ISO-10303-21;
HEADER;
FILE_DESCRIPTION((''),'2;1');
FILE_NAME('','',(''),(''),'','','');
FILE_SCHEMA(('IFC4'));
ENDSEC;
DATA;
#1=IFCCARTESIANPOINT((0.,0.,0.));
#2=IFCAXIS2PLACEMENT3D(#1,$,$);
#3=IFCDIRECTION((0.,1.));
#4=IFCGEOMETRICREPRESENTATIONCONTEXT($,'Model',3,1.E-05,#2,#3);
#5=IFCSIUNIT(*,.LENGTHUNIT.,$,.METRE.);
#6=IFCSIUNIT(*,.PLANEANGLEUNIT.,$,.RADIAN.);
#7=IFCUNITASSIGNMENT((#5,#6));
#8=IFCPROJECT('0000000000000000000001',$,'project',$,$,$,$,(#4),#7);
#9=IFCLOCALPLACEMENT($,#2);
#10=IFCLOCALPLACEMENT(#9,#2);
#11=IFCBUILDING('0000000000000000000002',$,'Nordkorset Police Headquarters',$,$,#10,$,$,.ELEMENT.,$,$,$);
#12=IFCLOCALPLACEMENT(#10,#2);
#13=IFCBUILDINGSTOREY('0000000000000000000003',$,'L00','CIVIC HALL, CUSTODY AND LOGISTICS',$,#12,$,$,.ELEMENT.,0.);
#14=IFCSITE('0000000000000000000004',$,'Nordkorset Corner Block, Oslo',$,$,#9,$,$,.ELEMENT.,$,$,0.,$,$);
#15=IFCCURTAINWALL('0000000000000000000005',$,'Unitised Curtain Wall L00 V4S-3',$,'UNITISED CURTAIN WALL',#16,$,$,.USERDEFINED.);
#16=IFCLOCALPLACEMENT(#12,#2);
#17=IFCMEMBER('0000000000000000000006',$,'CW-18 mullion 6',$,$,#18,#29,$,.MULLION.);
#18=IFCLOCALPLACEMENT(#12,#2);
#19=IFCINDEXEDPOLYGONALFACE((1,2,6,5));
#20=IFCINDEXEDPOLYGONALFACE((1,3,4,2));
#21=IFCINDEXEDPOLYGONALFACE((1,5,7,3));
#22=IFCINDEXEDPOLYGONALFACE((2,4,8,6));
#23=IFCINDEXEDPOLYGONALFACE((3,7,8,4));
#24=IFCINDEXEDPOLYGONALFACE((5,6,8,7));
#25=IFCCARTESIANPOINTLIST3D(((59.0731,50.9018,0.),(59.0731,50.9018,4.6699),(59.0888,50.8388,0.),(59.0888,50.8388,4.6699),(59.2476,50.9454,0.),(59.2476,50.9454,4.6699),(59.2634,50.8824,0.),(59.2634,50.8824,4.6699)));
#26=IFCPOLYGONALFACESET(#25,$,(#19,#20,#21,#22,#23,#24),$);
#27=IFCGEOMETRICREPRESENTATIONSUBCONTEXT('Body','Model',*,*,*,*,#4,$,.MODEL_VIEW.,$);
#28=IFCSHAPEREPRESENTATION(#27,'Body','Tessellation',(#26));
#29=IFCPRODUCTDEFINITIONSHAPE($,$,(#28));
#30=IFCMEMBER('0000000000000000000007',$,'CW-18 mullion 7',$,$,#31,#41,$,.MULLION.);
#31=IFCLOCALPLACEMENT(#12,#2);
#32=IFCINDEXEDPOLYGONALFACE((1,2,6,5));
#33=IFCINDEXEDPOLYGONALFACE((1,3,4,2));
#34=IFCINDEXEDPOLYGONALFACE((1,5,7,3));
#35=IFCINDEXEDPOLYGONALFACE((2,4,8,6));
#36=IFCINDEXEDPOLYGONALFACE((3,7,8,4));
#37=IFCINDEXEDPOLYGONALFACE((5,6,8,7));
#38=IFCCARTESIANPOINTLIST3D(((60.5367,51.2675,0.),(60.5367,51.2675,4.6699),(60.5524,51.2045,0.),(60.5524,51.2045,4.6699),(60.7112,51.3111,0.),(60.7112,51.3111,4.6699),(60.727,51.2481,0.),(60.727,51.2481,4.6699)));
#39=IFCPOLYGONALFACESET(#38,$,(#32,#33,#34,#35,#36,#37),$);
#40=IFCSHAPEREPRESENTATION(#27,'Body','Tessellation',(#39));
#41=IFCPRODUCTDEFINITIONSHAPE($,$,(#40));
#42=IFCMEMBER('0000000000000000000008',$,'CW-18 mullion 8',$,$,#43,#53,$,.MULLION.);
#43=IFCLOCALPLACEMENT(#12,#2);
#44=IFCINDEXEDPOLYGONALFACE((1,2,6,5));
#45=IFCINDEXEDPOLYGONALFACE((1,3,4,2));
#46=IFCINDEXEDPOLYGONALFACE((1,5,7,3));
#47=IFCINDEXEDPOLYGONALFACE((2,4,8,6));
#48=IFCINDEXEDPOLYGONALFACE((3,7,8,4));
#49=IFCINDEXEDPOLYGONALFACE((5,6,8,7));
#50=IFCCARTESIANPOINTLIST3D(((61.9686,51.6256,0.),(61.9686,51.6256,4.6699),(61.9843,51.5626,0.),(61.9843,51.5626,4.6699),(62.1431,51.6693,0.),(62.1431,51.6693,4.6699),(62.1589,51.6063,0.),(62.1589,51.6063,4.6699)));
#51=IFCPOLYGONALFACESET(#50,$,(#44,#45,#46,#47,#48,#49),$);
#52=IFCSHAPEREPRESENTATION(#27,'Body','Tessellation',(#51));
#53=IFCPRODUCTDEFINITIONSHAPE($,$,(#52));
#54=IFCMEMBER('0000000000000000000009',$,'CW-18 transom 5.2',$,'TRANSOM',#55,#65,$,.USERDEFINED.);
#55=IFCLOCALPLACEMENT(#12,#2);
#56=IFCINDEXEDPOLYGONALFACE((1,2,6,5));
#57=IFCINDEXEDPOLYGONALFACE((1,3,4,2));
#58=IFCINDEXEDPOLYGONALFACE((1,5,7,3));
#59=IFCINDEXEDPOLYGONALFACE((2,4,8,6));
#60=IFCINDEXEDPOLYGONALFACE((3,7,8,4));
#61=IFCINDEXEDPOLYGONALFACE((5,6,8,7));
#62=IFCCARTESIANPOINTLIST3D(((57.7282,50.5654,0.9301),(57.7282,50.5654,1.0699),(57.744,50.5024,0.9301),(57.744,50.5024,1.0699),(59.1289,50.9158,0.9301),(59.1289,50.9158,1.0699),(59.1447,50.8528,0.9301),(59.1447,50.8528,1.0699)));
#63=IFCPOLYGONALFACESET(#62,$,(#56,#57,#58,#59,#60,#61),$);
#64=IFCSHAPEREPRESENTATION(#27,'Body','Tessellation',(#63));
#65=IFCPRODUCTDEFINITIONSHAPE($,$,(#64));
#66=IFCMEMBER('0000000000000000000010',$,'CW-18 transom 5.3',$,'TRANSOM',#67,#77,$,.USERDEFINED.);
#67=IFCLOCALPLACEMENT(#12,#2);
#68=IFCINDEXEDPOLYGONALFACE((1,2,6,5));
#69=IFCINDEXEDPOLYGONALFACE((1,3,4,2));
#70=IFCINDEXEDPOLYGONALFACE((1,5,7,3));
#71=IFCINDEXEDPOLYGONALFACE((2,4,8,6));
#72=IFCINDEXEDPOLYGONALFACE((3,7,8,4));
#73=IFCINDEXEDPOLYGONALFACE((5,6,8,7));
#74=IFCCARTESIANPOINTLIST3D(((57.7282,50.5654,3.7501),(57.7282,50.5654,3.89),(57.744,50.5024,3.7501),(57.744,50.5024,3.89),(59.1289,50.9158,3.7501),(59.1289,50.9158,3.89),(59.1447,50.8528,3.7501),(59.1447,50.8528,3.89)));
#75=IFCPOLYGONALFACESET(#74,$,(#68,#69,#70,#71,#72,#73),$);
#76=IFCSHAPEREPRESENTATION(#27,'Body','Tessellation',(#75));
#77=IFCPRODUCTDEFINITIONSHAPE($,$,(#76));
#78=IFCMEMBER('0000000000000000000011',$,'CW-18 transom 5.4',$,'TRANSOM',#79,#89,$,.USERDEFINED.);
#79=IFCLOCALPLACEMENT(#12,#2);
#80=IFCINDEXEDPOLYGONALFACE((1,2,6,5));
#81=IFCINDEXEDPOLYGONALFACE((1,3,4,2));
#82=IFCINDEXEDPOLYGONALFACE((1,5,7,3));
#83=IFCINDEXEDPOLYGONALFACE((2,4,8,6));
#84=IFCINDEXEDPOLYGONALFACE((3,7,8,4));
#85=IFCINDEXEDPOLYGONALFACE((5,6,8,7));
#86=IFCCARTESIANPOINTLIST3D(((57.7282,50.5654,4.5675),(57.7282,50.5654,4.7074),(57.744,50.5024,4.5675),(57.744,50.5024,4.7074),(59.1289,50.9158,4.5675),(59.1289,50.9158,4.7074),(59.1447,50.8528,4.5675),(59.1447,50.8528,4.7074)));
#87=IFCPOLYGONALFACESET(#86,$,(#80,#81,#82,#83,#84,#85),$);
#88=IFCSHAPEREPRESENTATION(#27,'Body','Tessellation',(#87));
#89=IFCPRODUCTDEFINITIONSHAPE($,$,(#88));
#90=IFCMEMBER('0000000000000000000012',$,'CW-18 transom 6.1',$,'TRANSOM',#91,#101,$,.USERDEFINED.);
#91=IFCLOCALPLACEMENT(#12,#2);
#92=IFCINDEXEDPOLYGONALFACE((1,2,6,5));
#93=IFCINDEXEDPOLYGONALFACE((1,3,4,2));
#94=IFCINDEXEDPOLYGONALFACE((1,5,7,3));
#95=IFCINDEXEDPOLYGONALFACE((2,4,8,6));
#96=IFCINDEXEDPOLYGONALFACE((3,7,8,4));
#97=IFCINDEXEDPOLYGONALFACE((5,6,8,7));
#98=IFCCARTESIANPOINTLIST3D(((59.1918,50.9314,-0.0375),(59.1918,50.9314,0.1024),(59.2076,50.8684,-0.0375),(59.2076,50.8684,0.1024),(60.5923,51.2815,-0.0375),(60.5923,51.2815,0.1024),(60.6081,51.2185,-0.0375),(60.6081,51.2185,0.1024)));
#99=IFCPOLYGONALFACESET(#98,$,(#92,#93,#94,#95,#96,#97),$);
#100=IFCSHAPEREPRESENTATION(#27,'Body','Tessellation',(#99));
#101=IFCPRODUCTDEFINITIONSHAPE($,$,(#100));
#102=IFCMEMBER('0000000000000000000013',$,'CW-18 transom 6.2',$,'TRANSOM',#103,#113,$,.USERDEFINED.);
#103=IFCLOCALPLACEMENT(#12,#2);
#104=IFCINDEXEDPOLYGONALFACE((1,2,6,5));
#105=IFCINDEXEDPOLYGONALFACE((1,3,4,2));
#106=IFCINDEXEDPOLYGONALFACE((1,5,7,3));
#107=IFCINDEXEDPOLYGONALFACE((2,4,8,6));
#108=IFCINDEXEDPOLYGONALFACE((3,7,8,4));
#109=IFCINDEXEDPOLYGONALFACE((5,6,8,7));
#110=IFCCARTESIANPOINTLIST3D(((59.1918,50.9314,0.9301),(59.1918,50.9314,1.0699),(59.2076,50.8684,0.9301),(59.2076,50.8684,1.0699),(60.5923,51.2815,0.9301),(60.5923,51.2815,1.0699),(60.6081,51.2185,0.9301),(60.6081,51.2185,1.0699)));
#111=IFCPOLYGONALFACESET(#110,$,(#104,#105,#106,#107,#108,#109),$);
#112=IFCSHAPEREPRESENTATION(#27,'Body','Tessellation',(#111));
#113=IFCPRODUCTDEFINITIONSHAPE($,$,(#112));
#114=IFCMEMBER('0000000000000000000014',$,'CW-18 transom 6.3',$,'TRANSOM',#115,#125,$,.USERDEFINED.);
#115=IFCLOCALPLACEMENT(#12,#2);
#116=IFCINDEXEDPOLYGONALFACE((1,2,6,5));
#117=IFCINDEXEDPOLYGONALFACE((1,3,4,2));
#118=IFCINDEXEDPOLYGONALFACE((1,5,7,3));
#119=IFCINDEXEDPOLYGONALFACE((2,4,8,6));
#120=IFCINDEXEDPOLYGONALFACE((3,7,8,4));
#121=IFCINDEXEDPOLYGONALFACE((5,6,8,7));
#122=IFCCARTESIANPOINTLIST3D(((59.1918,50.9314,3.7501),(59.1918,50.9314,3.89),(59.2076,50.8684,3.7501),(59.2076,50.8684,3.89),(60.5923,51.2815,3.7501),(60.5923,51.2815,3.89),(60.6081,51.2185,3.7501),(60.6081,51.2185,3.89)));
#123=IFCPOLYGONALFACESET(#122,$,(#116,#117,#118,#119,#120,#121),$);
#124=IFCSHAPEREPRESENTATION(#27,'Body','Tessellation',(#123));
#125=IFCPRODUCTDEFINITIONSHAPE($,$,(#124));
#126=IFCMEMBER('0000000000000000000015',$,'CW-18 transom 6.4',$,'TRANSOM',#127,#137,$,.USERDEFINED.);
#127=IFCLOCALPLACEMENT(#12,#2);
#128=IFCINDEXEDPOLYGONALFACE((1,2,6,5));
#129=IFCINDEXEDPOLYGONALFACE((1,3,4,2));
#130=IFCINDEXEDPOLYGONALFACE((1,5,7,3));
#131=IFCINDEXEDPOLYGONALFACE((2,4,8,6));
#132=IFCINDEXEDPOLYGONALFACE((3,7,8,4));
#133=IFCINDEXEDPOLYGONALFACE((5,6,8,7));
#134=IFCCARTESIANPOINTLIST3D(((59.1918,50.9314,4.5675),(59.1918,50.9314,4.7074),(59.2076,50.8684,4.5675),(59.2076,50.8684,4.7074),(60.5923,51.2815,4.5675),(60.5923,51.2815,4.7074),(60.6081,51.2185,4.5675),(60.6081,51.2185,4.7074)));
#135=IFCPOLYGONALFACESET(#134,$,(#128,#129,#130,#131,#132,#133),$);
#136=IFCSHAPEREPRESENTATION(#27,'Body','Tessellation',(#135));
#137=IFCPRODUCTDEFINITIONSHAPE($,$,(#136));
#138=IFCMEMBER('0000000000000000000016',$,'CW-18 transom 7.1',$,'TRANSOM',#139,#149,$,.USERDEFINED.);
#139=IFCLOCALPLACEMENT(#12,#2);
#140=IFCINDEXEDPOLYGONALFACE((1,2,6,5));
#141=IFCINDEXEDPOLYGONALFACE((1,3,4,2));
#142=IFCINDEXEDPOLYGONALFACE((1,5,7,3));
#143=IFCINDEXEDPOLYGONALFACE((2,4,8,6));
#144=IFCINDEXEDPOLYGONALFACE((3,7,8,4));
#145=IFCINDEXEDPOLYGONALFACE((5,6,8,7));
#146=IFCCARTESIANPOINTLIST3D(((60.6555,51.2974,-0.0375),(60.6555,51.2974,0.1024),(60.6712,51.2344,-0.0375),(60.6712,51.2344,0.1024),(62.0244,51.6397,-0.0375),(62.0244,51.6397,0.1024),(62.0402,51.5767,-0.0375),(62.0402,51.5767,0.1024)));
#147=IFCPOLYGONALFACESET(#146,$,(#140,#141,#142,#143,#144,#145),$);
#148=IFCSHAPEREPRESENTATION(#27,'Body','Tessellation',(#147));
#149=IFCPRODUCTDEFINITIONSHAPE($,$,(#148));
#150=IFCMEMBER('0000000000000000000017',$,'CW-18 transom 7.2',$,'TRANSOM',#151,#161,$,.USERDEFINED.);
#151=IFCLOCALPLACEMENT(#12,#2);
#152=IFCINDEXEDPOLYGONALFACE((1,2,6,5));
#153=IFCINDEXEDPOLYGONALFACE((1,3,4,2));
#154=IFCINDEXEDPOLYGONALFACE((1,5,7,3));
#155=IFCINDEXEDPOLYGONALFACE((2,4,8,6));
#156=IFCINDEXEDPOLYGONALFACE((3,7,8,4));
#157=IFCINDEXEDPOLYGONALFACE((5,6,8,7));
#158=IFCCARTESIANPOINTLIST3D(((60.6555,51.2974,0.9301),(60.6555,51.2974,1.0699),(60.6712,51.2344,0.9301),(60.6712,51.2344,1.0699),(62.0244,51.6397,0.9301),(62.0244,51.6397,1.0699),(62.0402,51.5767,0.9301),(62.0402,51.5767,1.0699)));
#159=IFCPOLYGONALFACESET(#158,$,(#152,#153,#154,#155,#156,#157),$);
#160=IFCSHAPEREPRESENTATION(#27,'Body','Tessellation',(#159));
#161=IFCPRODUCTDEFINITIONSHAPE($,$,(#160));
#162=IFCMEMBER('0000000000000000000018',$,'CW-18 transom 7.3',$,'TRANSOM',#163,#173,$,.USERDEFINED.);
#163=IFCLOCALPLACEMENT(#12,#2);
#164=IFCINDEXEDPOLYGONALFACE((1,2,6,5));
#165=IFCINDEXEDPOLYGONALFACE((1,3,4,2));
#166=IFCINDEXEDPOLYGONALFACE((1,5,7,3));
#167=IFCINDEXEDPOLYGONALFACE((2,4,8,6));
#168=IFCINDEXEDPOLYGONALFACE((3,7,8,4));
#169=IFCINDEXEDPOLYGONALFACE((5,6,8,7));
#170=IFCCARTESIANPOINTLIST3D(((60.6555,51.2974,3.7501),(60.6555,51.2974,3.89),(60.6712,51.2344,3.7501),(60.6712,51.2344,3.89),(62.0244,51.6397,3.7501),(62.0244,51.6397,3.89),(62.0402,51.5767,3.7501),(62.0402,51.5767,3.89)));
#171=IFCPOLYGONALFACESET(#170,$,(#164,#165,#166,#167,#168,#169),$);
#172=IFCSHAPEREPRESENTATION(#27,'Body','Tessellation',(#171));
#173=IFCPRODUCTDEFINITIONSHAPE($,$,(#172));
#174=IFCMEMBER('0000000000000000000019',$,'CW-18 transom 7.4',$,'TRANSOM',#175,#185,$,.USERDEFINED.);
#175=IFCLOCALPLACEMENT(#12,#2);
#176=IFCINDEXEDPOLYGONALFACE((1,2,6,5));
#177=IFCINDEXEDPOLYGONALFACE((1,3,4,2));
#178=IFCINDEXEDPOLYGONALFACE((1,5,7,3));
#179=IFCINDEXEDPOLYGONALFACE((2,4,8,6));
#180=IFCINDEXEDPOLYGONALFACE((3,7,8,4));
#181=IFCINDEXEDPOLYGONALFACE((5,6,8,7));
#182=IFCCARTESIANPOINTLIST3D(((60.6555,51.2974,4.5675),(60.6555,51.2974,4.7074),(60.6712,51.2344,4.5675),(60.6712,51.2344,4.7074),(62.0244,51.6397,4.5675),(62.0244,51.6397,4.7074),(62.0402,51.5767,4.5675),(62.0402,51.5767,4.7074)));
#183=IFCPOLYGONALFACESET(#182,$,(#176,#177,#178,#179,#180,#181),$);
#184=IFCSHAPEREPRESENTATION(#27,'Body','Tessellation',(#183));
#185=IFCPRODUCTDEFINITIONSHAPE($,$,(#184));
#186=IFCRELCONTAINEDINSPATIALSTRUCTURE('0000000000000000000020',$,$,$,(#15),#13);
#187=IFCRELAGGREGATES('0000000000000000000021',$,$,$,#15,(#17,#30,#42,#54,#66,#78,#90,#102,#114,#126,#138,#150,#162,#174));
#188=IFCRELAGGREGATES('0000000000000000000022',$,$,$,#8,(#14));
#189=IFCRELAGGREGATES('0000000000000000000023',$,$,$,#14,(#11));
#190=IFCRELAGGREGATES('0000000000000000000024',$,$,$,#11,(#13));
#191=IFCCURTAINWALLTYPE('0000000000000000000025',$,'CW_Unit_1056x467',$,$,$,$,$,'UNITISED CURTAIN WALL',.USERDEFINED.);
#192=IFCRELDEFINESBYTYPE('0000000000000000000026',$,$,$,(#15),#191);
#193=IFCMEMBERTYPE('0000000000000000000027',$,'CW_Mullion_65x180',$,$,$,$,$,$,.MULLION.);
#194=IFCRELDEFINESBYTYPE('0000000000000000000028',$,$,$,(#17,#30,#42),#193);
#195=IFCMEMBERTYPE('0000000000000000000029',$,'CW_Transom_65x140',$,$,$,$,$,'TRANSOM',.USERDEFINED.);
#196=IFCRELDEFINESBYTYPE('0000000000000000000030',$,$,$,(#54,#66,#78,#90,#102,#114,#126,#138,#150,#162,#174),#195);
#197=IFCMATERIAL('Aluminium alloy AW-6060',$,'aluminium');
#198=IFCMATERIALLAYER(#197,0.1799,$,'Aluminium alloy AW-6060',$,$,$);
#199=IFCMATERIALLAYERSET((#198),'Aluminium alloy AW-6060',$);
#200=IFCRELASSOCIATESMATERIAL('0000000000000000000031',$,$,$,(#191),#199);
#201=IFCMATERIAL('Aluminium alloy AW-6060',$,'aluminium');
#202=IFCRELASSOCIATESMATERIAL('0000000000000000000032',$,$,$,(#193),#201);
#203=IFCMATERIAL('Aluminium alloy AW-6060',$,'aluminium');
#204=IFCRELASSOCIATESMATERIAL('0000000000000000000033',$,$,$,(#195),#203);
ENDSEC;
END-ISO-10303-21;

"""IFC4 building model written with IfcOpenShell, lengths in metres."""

from ifc_helpers import new_model, si_unit, direction, frame, origin, origin_2d, place, context, subcontext, project, spatial, rectangle, extrude, material, layer, layer_set, material_profile, profile_set, type_object, element, aggregate, save


model = new_model("IFC4")

# Units and contexts
model_context = context("Model", 3, precision=1e-05, world=origin(), true_north=direction((0.0, 1.0)))
body_context = subcontext(model_context, "Body", "Model", "MODEL_VIEW")
ifc_project = project(units=[si_unit("LENGTHUNIT", "METRE"), si_unit("PLANEANGLEUNIT", "RADIAN")], contexts=[model_context])

# Site, building, storey
site_placement = place(None, origin())
site = spatial("IfcSite", under=ifc_project, at=site_placement, Name="Nordkorset Corner Block, Oslo", CompositionType="ELEMENT", RefElevation=0.0)
building_placement = place(site_placement, origin())
building = spatial("IfcBuilding", under=site, at=building_placement, Name="Nordkorset Police Headquarters", CompositionType="ELEMENT")
storey_placement = place(building_placement, origin())
storey = spatial("IfcBuildingStorey", under=building, at=storey_placement, Name="L00", Description="CIVIC HALL, CUSTODY AND LOGISTICS", CompositionType="ELEMENT", Elevation=0.0)

# Curtain wall, members
ifc_material_1 = material(Name="Aluminium alloy AW-6060", Category="aluminium")
ifc_layer_1 = layer(ifc_material_1, 0.1799, Name="Aluminium alloy AW-6060")
ifc_layer_set_1 = layer_set([ifc_layer_1], Name="Aluminium alloy AW-6060")
curtain_wall_type = type_object("IfcCurtainWallType", Name="CW_Unit_1056x467", ElementType="UNITISED CURTAIN WALL", PredefinedType="USERDEFINED", material=ifc_layer_set_1)
curtain_wall_placement = place(storey_placement, origin())
curtain_wall = element("IfcCurtainWall", 1, at=curtain_wall_placement, inside=storey, type_object=curtain_wall_type, Name="Unitised Curtain Wall L00 V4S-3", ObjectType="UNITISED CURTAIN WALL", PredefinedType="USERDEFINED")
ifc_material_2 = material(Name="Aluminium alloy AW-6060", Category="aluminium")
ifc_material_profile_1 = material_profile(ifc_material_2, rectangle(XDim=0.0649, YDim=0.1799, at=origin_2d()), Name="ALU MULL 65x180")
ifc_profile_set_1 = profile_set([ifc_material_profile_1], Name="Aluminium alloy AW-6060")
member_type_1 = type_object("IfcMemberType", Name="CW_Mullion_65x180", PredefinedType="MULLION", material=ifc_profile_set_1)
member_1_placement = place(storey_placement, frame((59.1682, 50.8921, 0.0), z_axis=(0.0, 0.0, 1.0), x_axis=(-0.242535, 0.970143, 0.0)))
member_1 = element("IfcMember", 2, at=member_1_placement, type_object=member_type_1, Name="CW-18 mullion 6", PredefinedType="MULLION", context=body_context, shape_type="SweptSolid", body=[
    extrude(rectangle(XDim=0.0649, YDim=0.1799, at=origin_2d()), origin(), (0.0, 0.0, 1.0), 4.6699),
])
member_2_placement = place(storey_placement, frame((60.6318, 51.2578, 0.0), z_axis=(0.0, 0.0, 1.0), x_axis=(-0.242535, 0.970143, 0.0)))
member_2 = element("IfcMember", 3, at=member_2_placement, type_object=member_type_1, Name="CW-18 mullion 7", PredefinedType="MULLION", context=body_context, shape_type="SweptSolid", body=[
    extrude(rectangle(XDim=0.0649, YDim=0.1799, at=origin_2d()), origin(), (0.0, 0.0, 1.0), 4.6699),
])
member_3_placement = place(storey_placement, frame((62.0637, 51.616, 0.0), z_axis=(0.0, 0.0, 1.0), x_axis=(-0.242535, 0.970143, 0.0)))
member_3 = element("IfcMember", 4, at=member_3_placement, type_object=member_type_1, Name="CW-18 mullion 8", PredefinedType="MULLION", context=body_context, shape_type="SweptSolid", body=[
    extrude(rectangle(XDim=0.0649, YDim=0.1799, at=origin_2d()), origin(), (0.0, 0.0, 1.0), 4.6699),
])
ifc_material_3 = material(Name="Aluminium alloy AW-6060", Category="aluminium")
ifc_material_profile_2 = material_profile(ifc_material_3, rectangle(XDim=0.0649, YDim=0.1399, at=origin_2d()), Name="ALU TRAN 65x140")
ifc_profile_set_2 = profile_set([ifc_material_profile_2], Name="Aluminium alloy AW-6060")
member_type_2 = type_object("IfcMemberType", Name="CW_Transom_65x140", ElementType="TRANSOM", PredefinedType="USERDEFINED", material=ifc_profile_set_2)
member_4_placement = place(storey_placement, frame((57.7361, 50.5339, 1.0), z_axis=(0.970113, 0.242655, 0.0), x_axis=(-0.242655, 0.970113, 0.0)))
member_4 = element("IfcMember", 5, at=member_4_placement, type_object=member_type_2, Name="CW-18 transom 5.2", ObjectType="TRANSOM", PredefinedType="USERDEFINED", context=body_context, shape_type="SweptSolid", body=[
    extrude(rectangle(XDim=0.0649, YDim=0.1399, at=origin_2d()), origin(), (0.0, 0.0, 1.0), 1.4438),
])
member_5_placement = place(storey_placement, frame((57.7361, 50.5339, 3.8201), z_axis=(0.970113, 0.242655, 0.0), x_axis=(-0.242655, 0.970113, 0.0)))
member_5 = element("IfcMember", 6, at=member_5_placement, type_object=member_type_2, Name="CW-18 transom 5.3", ObjectType="TRANSOM", PredefinedType="USERDEFINED", context=body_context, shape_type="SweptSolid", body=[
    extrude(rectangle(XDim=0.0649, YDim=0.1399, at=origin_2d()), origin(), (0.0, 0.0, 1.0), 1.4438),
])
member_6_placement = place(storey_placement, frame((57.7361, 50.5339, 4.6375), z_axis=(0.970113, 0.242655, 0.0), x_axis=(-0.242655, 0.970113, 0.0)))
member_6 = element("IfcMember", 7, at=member_6_placement, type_object=member_type_2, Name="CW-18 transom 5.4", ObjectType="TRANSOM", PredefinedType="USERDEFINED", context=body_context, shape_type="SweptSolid", body=[
    extrude(rectangle(XDim=0.0649, YDim=0.1399, at=origin_2d()), origin(), (0.0, 0.0, 1.0), 1.4438),
])
member_7_placement = place(storey_placement, frame((59.1997, 50.8999, 0.0325), z_axis=(0.970143, 0.242536, 0.0), x_axis=(-0.242536, 0.970143, 0.0)))
member_7 = element("IfcMember", 8, at=member_7_placement, type_object=member_type_2, Name="CW-18 transom 6.1", ObjectType="TRANSOM", PredefinedType="USERDEFINED", context=body_context, shape_type="SweptSolid", body=[
    extrude(rectangle(XDim=0.0649, YDim=0.1399, at=origin_2d()), origin(), (0.0, 0.0, 1.0), 1.4436),
])
member_8_placement = place(storey_placement, frame((59.1997, 50.8999, 1.0), z_axis=(0.970143, 0.242536, 0.0), x_axis=(-0.242536, 0.970143, 0.0)))
member_8 = element("IfcMember", 9, at=member_8_placement, type_object=member_type_2, Name="CW-18 transom 6.2", ObjectType="TRANSOM", PredefinedType="USERDEFINED", context=body_context, shape_type="SweptSolid", body=[
    extrude(rectangle(XDim=0.0649, YDim=0.1399, at=origin_2d()), origin(), (0.0, 0.0, 1.0), 1.4436),
])
member_9_placement = place(storey_placement, frame((59.1997, 50.8999, 3.8201), z_axis=(0.970143, 0.242536, 0.0), x_axis=(-0.242536, 0.970143, 0.0)))
member_9 = element("IfcMember", 10, at=member_9_placement, type_object=member_type_2, Name="CW-18 transom 6.3", ObjectType="TRANSOM", PredefinedType="USERDEFINED", context=body_context, shape_type="SweptSolid", body=[
    extrude(rectangle(XDim=0.0649, YDim=0.1399, at=origin_2d()), origin(), (0.0, 0.0, 1.0), 1.4436),
])
member_10_placement = place(storey_placement, frame((59.1997, 50.8999, 4.6375), z_axis=(0.970143, 0.242536, 0.0), x_axis=(-0.242536, 0.970143, 0.0)))
member_10 = element("IfcMember", 11, at=member_10_placement, type_object=member_type_2, Name="CW-18 transom 6.4", ObjectType="TRANSOM", PredefinedType="USERDEFINED", context=body_context, shape_type="SweptSolid", body=[
    extrude(rectangle(XDim=0.0649, YDim=0.1399, at=origin_2d()), origin(), (0.0, 0.0, 1.0), 1.4436),
])
member_11_placement = place(storey_placement, frame((60.6633, 51.2659, 0.0325), z_axis=(0.970132, 0.242576, 0.0), x_axis=(-0.242576, 0.970132, 0.0)))
member_11 = element("IfcMember", 12, at=member_11_placement, type_object=member_type_2, Name="CW-18 transom 7.1", ObjectType="TRANSOM", PredefinedType="USERDEFINED", context=body_context, shape_type="SweptSolid", body=[
    extrude(rectangle(XDim=0.0649, YDim=0.1399, at=origin_2d()), origin(), (0.0, 0.0, 1.0), 1.4111),
])
member_12_placement = place(storey_placement, frame((60.6633, 51.2659, 1.0), z_axis=(0.970132, 0.242576, 0.0), x_axis=(-0.242576, 0.970132, 0.0)))
member_12 = element("IfcMember", 13, at=member_12_placement, type_object=member_type_2, Name="CW-18 transom 7.2", ObjectType="TRANSOM", PredefinedType="USERDEFINED", context=body_context, shape_type="SweptSolid", body=[
    extrude(rectangle(XDim=0.0649, YDim=0.1399, at=origin_2d()), origin(), (0.0, 0.0, 1.0), 1.4111),
])
member_13_placement = place(storey_placement, frame((60.6633, 51.2659, 3.8201), z_axis=(0.970132, 0.242576, 0.0), x_axis=(-0.242576, 0.970132, 0.0)))
member_13 = element("IfcMember", 14, at=member_13_placement, type_object=member_type_2, Name="CW-18 transom 7.3", ObjectType="TRANSOM", PredefinedType="USERDEFINED", context=body_context, shape_type="SweptSolid", body=[
    extrude(rectangle(XDim=0.0649, YDim=0.1399, at=origin_2d()), origin(), (0.0, 0.0, 1.0), 1.4111),
])
member_14_placement = place(storey_placement, frame((60.6633, 51.2659, 4.6375), z_axis=(0.970132, 0.242576, 0.0), x_axis=(-0.242576, 0.970132, 0.0)))
member_14 = element("IfcMember", 15, at=member_14_placement, type_object=member_type_2, Name="CW-18 transom 7.4", ObjectType="TRANSOM", PredefinedType="USERDEFINED", context=body_context, shape_type="SweptSolid", body=[
    extrude(rectangle(XDim=0.0649, YDim=0.1399, at=origin_2d()), origin(), (0.0, 0.0, 1.0), 1.4111),
])
aggregate(curtain_wall, [member_1, member_2, member_3, member_4, member_5, member_6, member_7, member_8, member_9, member_10, member_11, member_12, member_13, member_14])

save(model, "model.ifc")
